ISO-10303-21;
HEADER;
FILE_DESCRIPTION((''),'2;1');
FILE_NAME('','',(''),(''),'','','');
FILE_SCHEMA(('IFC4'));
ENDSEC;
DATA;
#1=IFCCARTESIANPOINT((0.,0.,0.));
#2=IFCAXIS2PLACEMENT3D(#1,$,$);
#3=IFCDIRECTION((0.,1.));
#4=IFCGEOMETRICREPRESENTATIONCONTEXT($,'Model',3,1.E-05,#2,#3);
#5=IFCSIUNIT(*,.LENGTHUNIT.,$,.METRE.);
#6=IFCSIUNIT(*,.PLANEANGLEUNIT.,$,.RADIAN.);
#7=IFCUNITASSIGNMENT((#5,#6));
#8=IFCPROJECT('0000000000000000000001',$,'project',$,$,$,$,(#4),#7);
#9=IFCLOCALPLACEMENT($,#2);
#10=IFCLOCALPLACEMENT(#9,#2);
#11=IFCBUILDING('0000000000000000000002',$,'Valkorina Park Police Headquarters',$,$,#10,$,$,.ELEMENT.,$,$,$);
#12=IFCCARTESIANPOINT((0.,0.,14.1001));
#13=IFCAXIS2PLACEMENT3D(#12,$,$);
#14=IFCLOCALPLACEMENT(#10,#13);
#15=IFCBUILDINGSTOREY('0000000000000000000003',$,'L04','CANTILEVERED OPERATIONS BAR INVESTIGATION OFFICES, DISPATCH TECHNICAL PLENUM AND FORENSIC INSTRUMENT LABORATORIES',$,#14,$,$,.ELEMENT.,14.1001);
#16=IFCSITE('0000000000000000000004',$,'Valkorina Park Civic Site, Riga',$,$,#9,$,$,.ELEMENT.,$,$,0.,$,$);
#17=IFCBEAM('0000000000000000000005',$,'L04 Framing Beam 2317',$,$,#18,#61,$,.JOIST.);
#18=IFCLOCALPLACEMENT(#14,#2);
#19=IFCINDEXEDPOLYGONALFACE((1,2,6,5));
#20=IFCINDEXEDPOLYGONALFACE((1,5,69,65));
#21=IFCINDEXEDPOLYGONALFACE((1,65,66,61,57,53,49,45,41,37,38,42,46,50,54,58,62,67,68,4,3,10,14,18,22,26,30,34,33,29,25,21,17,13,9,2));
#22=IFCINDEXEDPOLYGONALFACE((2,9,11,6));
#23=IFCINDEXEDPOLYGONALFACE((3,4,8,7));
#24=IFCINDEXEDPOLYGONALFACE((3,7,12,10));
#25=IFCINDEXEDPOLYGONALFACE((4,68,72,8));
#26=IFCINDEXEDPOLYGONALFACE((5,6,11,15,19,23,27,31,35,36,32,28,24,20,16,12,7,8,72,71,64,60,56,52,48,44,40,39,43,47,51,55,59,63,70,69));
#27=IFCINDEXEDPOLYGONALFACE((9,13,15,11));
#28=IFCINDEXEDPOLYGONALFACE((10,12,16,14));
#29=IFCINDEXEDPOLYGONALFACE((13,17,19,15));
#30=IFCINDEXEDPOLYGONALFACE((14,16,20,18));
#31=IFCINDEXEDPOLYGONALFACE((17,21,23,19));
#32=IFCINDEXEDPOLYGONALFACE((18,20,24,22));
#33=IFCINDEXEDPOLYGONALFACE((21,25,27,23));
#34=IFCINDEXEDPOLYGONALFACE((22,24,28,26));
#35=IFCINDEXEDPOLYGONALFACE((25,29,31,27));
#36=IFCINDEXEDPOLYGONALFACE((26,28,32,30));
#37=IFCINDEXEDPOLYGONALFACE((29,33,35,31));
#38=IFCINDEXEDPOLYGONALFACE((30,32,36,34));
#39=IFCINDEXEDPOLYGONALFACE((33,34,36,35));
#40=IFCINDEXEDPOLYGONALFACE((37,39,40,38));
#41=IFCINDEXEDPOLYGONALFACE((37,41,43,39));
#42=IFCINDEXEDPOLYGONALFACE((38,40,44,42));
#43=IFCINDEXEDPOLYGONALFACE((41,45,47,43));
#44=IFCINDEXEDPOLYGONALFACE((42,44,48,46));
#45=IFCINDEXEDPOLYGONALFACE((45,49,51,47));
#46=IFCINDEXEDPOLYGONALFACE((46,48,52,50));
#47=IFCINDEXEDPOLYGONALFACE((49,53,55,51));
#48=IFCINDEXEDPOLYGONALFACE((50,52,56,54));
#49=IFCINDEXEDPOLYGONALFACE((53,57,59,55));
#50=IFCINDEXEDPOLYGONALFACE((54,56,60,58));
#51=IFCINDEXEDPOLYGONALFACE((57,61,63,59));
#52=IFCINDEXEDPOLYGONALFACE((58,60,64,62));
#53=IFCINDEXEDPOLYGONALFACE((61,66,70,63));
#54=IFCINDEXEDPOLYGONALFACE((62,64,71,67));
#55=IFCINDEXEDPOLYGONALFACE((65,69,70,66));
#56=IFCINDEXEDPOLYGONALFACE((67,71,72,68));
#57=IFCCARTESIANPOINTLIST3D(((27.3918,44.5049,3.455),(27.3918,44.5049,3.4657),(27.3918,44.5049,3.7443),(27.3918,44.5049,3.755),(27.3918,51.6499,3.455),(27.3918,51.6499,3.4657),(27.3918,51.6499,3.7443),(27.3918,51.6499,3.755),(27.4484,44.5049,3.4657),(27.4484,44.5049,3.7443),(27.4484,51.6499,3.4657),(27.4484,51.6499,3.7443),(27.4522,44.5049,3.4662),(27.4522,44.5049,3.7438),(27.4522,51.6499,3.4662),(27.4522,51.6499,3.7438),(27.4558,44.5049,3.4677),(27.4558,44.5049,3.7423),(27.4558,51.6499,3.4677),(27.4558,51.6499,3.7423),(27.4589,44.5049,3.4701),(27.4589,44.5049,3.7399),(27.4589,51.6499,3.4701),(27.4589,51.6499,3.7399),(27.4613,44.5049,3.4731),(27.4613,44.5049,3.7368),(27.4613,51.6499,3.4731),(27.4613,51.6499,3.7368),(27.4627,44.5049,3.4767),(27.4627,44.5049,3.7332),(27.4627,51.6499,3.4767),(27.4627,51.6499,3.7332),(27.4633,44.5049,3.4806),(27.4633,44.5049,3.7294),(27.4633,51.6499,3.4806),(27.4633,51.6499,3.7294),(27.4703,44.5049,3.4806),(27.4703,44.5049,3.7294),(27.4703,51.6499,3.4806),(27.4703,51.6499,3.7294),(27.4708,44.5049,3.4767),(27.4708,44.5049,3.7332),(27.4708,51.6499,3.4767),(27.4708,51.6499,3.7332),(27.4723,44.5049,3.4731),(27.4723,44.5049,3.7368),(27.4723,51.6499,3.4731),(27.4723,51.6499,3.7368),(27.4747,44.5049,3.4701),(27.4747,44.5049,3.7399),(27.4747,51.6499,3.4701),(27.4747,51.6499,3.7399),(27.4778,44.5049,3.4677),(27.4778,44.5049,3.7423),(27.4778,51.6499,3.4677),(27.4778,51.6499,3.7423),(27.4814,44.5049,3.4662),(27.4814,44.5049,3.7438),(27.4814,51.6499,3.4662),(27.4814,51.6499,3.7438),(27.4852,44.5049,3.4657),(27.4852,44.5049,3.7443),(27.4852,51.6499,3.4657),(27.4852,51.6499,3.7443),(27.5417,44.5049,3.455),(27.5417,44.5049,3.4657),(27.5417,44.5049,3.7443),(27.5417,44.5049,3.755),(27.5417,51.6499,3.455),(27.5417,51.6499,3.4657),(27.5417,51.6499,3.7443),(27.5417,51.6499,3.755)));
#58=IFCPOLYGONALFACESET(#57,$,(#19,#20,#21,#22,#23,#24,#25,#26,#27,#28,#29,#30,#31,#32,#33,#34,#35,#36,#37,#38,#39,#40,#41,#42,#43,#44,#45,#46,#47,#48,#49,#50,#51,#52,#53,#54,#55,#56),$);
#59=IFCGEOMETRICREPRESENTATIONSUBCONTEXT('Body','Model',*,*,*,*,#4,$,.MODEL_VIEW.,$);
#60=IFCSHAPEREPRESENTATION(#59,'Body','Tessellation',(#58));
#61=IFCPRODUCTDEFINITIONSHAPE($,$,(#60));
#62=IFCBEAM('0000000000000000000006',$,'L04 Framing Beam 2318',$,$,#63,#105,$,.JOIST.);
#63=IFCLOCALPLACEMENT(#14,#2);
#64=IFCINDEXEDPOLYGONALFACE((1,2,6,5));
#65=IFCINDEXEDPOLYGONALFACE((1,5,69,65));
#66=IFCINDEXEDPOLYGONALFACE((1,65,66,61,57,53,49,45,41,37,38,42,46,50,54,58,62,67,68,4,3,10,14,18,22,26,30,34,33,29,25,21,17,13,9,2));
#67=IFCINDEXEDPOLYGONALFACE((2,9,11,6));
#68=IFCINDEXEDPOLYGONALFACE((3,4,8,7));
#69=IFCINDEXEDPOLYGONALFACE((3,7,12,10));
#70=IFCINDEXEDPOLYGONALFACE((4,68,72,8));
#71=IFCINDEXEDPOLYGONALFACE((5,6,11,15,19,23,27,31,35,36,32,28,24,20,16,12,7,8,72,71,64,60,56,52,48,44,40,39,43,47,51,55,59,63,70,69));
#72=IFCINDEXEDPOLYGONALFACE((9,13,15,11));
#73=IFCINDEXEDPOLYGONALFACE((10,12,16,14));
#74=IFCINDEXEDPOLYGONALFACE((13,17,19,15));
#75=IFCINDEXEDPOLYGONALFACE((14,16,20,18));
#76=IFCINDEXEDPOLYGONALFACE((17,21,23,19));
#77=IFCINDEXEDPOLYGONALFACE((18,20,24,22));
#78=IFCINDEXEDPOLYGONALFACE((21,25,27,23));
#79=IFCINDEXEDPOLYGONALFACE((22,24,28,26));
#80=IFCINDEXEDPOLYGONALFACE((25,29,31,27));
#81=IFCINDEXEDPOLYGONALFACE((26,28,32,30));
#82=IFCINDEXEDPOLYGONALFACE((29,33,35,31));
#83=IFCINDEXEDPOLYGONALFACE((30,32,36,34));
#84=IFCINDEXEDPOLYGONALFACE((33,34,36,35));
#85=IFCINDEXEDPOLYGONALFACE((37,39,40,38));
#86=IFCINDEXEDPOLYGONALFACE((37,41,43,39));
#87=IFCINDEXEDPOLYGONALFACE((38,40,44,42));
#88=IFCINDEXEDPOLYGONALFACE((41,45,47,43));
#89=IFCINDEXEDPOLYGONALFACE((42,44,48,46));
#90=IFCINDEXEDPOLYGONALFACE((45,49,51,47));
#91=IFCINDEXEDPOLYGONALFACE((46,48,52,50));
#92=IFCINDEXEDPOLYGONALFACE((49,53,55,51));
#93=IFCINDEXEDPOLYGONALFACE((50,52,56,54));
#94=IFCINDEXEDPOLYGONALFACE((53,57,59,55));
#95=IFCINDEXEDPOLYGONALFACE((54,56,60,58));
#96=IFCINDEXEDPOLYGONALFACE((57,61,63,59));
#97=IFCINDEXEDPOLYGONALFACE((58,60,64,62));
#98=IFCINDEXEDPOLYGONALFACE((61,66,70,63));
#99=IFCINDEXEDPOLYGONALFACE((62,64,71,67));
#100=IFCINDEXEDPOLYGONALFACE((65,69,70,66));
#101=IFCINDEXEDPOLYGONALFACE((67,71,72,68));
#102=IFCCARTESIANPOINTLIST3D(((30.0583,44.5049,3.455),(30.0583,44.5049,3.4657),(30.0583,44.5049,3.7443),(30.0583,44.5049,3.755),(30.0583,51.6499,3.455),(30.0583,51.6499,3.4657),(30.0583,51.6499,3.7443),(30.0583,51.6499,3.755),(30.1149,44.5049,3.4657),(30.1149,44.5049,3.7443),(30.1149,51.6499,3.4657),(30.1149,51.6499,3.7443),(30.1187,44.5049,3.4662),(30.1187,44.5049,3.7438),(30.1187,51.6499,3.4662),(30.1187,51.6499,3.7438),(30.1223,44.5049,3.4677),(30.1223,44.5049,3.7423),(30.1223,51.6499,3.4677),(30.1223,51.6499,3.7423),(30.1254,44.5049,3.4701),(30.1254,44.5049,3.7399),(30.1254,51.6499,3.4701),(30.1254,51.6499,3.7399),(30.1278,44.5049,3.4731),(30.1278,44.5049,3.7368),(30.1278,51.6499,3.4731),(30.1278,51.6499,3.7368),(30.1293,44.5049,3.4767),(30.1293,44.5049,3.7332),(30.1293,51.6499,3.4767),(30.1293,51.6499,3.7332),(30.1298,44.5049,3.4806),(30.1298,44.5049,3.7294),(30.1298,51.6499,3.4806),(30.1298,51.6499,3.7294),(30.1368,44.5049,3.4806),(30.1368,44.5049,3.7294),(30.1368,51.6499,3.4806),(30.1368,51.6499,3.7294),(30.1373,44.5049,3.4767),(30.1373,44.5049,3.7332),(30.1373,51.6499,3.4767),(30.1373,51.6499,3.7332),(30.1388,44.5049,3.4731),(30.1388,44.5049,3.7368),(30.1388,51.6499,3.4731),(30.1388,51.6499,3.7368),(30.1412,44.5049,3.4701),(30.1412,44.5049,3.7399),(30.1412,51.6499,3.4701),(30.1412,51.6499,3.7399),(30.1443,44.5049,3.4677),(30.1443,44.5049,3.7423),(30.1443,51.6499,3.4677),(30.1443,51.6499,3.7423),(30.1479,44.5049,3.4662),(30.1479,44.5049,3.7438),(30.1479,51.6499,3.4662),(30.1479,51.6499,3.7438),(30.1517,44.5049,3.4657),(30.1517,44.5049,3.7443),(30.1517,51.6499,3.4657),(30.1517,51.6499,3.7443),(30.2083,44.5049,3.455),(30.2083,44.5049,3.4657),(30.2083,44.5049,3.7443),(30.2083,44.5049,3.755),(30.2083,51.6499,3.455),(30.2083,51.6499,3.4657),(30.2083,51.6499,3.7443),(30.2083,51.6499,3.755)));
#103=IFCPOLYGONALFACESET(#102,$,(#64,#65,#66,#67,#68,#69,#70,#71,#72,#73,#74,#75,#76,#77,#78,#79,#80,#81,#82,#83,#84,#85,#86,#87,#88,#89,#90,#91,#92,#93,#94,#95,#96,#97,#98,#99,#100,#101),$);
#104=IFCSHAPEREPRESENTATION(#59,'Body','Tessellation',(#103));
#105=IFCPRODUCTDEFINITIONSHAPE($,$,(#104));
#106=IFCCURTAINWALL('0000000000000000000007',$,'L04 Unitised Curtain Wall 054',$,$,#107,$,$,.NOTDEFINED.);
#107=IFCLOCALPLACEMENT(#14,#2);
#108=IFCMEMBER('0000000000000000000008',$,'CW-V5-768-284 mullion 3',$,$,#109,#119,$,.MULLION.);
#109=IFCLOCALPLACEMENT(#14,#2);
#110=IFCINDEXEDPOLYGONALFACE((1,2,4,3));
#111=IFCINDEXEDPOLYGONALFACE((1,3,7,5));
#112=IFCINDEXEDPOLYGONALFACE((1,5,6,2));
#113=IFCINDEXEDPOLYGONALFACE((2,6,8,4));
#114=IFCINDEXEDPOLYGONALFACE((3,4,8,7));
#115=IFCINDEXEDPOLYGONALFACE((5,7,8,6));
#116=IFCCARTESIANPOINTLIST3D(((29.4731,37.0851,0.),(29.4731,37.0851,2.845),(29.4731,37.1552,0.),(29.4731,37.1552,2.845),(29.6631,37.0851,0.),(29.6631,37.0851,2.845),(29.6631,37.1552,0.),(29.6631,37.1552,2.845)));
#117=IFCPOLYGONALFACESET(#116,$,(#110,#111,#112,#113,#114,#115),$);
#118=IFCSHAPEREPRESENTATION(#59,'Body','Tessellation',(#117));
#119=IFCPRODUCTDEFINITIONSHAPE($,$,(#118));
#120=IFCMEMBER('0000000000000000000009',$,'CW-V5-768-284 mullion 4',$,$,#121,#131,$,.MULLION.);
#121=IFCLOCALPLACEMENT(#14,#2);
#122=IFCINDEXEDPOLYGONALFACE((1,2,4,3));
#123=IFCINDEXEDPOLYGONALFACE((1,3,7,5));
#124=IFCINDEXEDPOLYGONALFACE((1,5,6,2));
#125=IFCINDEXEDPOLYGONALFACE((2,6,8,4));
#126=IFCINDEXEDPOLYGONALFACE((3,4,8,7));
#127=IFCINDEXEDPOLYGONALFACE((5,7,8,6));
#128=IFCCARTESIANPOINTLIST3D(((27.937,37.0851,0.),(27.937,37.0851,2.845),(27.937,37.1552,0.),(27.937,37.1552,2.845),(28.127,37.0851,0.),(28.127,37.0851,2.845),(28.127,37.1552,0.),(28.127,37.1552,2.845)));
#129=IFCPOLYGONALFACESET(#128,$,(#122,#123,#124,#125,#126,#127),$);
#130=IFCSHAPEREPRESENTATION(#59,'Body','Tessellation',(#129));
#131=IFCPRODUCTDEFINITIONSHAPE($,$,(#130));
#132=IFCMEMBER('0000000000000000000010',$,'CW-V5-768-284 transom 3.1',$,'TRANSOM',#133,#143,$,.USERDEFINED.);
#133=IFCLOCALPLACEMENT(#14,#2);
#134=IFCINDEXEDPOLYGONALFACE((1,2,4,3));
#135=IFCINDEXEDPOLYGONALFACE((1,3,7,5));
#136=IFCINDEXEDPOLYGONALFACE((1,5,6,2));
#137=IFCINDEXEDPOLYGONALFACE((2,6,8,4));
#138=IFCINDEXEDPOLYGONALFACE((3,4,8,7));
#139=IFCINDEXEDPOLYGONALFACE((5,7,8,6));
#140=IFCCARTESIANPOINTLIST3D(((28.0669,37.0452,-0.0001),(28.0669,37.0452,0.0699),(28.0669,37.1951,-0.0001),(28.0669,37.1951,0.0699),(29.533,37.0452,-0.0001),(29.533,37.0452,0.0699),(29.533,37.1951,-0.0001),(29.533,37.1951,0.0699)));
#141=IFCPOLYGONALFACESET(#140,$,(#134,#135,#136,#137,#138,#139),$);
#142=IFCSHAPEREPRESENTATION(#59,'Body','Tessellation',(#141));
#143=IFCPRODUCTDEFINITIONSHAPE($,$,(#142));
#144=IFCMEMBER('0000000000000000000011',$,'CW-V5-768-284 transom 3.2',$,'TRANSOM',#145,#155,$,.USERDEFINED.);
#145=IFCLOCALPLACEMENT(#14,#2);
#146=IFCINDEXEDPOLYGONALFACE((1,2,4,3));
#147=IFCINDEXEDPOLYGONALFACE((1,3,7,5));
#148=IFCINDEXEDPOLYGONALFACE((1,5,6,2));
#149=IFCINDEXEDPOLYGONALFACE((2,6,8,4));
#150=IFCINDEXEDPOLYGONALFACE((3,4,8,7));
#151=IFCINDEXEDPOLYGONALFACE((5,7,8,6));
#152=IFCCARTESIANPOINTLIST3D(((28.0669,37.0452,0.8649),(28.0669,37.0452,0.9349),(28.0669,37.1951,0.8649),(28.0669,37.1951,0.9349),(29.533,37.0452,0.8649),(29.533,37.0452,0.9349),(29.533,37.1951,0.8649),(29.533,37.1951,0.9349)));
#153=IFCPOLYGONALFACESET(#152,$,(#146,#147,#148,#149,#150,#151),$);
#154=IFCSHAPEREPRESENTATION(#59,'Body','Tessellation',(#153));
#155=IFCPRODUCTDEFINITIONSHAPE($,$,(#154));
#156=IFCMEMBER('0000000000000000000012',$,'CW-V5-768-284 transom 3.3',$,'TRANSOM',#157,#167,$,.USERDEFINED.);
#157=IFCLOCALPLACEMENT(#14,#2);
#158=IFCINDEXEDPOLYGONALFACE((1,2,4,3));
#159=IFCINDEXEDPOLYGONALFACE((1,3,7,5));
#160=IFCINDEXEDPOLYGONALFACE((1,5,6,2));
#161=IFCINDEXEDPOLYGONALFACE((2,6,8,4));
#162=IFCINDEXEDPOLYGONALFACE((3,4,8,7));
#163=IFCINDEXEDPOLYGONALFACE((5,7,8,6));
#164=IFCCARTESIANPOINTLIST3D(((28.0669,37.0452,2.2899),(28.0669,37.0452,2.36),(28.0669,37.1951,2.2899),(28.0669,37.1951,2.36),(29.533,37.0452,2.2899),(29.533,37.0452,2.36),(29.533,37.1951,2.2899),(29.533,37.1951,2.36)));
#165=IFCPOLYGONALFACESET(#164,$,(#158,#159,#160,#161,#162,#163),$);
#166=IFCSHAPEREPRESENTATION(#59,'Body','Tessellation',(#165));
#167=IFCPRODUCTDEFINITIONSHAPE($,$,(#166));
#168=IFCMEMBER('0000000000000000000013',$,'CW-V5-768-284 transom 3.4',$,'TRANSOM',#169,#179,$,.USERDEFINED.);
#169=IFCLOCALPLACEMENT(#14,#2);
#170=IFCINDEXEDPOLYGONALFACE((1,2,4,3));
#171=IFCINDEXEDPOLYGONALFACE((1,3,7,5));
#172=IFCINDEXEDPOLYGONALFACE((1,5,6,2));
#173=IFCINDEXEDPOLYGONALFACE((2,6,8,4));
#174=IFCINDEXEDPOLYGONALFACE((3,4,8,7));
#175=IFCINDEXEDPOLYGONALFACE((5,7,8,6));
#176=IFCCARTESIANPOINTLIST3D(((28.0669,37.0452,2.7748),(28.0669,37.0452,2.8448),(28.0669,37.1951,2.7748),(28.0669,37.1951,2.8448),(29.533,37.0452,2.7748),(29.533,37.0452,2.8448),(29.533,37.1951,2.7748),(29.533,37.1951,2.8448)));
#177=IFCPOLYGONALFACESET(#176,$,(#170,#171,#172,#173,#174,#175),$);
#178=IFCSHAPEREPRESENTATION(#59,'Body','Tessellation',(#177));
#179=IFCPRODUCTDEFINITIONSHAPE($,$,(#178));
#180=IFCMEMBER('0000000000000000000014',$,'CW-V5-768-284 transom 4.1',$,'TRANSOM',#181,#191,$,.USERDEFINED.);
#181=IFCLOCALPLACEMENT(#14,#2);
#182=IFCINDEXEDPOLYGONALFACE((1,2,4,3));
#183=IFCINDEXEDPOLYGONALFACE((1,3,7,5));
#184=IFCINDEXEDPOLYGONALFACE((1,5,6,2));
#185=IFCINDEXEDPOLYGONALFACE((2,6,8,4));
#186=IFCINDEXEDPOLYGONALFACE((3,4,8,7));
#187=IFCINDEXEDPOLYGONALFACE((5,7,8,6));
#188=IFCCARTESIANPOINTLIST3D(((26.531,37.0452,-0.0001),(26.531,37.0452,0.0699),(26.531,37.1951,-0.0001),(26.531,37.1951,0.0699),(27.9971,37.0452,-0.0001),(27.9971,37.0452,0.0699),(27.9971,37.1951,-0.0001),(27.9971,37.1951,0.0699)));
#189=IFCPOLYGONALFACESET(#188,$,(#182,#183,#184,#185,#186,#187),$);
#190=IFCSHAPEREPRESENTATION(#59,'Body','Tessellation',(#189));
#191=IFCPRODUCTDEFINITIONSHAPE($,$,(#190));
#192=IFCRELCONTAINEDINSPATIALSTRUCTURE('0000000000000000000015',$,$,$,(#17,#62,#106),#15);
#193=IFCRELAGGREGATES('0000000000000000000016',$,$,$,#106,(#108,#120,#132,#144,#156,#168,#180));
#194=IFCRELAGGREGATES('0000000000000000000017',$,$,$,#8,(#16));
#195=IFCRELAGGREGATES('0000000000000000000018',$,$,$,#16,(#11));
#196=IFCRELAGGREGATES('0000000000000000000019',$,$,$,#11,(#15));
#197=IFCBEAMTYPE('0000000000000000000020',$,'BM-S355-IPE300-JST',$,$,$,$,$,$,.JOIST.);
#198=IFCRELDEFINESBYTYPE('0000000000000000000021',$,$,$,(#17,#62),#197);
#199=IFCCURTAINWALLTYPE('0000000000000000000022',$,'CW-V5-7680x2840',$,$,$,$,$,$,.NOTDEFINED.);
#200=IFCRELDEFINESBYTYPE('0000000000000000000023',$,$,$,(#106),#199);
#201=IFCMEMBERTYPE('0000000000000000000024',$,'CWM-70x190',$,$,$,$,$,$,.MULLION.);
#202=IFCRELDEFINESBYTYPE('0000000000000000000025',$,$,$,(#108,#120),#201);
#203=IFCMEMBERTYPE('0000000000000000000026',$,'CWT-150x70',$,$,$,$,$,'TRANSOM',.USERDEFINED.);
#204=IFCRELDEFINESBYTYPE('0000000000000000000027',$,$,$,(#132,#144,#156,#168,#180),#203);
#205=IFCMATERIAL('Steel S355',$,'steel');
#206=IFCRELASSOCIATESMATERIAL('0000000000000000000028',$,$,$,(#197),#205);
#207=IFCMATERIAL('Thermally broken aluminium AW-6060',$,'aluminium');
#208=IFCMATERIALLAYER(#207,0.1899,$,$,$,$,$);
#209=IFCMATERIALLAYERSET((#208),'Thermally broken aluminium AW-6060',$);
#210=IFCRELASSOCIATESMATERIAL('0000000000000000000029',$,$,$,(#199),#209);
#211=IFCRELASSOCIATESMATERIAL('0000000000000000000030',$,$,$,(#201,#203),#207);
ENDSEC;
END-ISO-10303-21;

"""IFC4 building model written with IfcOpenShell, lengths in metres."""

from ifc_helpers import new_model, si_unit, direction, frame, origin, origin_2d, place, context, subcontext, project, spatial, rectangle, i_section, extrude, material, layer, layer_set, material_profile, profile_set, type_object, element, aggregate, save


model = new_model("IFC4")

# Units and contexts
model_context = context("Model", 3, precision=1e-05, world=origin(), true_north=direction((0.0, 1.0)))
body_context = subcontext(model_context, "Body", "Model", "MODEL_VIEW")
ifc_project = project(units=[si_unit("LENGTHUNIT", "METRE"), si_unit("PLANEANGLEUNIT", "RADIAN")], contexts=[model_context])

# Site, building, storey
site_placement = place(None, origin())
site = spatial("IfcSite", under=ifc_project, at=site_placement, Name="Valkorina Park Civic Site, Riga", CompositionType="ELEMENT", RefElevation=0.0)
building_placement = place(site_placement, origin())
building = spatial("IfcBuilding", under=site, at=building_placement, Name="Valkorina Park Police Headquarters", CompositionType="ELEMENT")
storey_placement = place(building_placement, frame((0.0, 0.0, 14.1001)))
storey = spatial("IfcBuildingStorey", under=building, at=storey_placement, Name="L04", Description="CANTILEVERED OPERATIONS BAR INVESTIGATION OFFICES, DISPATCH TECHNICAL PLENUM AND FORENSIC INSTRUMENT LABORATORIES", CompositionType="ELEMENT", Elevation=14.1001)

# Beams
ifc_material_1 = material(Name="Steel S355", Category="steel")
ifc_material_profile_1 = material_profile(ifc_material_1, i_section(OverallWidth=0.1499, OverallDepth=0.3, WebThickness=0.0071, FlangeThickness=0.0107, FilletRadius=0.0149, at=origin_2d()), Name="IPE 300")
ifc_profile_set_1 = profile_set([ifc_material_profile_1], Name="Steel S355")
beam_type = type_object("IfcBeamType", Name="BM-S355-IPE300-JST", PredefinedType="JOIST", material=ifc_profile_set_1)
for number, where, z_axis, x_axis, name in (
    (1, (27.4668, 44.5049, 3.605), (0.0, 1.0, 0.0), (-1.0, 0.0, 0.0), "L04 Framing Beam 2317"),
    (2, (30.1333, 44.5049, 3.605), (0.0, 1.0, 0.0), (-1.0, 0.0, 0.0), "L04 Framing Beam 2318"),
):
    element("IfcBeam", number, at=place(storey_placement, frame(where, z_axis=z_axis, x_axis=x_axis)), inside=storey, type_object=beam_type, Name=name, PredefinedType="JOIST", context=body_context, shape_type="SweptSolid", body=[
        extrude(i_section(OverallWidth=0.1499, OverallDepth=0.3, WebThickness=0.0071, FlangeThickness=0.0107, FilletRadius=0.0149, at=origin_2d()), origin(), (0.0, 0.0, 1.0), 7.145),
    ])

# Curtain wall, members
ifc_material_2 = material(Name="Thermally broken aluminium AW-6060", Category="aluminium")
ifc_layer_1 = layer(ifc_material_2, 0.1899)
ifc_layer_set_1 = layer_set([ifc_layer_1], Name="Thermally broken aluminium AW-6060")
curtain_wall_type = type_object("IfcCurtainWallType", Name="CW-V5-7680x2840", PredefinedType="NOTDEFINED", material=ifc_layer_set_1)
curtain_wall_placement = place(storey_placement, origin())
curtain_wall = element("IfcCurtainWall", 3, at=curtain_wall_placement, inside=storey, type_object=curtain_wall_type, Name="L04 Unitised Curtain Wall 054", PredefinedType="NOTDEFINED")
ifc_material_profile_2 = material_profile(ifc_material_2, rectangle(XDim=0.0701, YDim=0.1899, at=origin_2d()), Name="CWM-02 70x190")
ifc_profile_set_2 = profile_set([ifc_material_profile_2], Name="Thermally broken aluminium AW-6060")
member_type_1 = type_object("IfcMemberType", Name="CWM-70x190", PredefinedType="MULLION", material=ifc_profile_set_2)
member_1_placement = place(storey_placement, frame((29.5681, 37.1201, 0.0), z_axis=(0.0, 0.0, 1.0), x_axis=(0.0, -1.0, 0.0)))
member_1 = element("IfcMember", 4, at=member_1_placement, type_object=member_type_1, Name="CW-V5-768-284 mullion 3", PredefinedType="MULLION", context=body_context, shape_type="SweptSolid", body=[
    extrude(rectangle(XDim=0.0701, YDim=0.1899, at=origin_2d()), origin(), (0.0, 0.0, 1.0), 2.845),
])
member_2_placement = place(storey_placement, frame((28.032, 37.1201, 0.0), z_axis=(0.0, 0.0, 1.0), x_axis=(0.0, -1.0, 0.0)))
member_2 = element("IfcMember", 5, at=member_2_placement, type_object=member_type_1, Name="CW-V5-768-284 mullion 4", PredefinedType="MULLION", context=body_context, shape_type="SweptSolid", body=[
    extrude(rectangle(XDim=0.0701, YDim=0.1899, at=origin_2d()), origin(), (0.0, 0.0, 1.0), 2.845),
])
ifc_material_profile_3 = material_profile(ifc_material_2, rectangle(XDim=0.1499, YDim=0.0701, at=origin_2d()), Name="CWT-02 150x70")
ifc_profile_set_3 = profile_set([ifc_material_profile_3], Name="Thermally broken aluminium AW-6060")
member_type_2 = type_object("IfcMemberType", Name="CWT-150x70", ElementType="TRANSOM", PredefinedType="USERDEFINED", material=ifc_profile_set_3)
member_3_placement = place(storey_placement, frame((29.533, 37.1201, 0.0349), z_axis=(-1.0, 0.0, 0.0), x_axis=(0.0, -1.0, 0.0)))
member_3 = element("IfcMember", 6, at=member_3_placement, type_object=member_type_2, Name="CW-V5-768-284 transom 3.1", ObjectType="TRANSOM", PredefinedType="USERDEFINED", context=body_context, shape_type="SweptSolid", body=[
    extrude(rectangle(XDim=0.1499, YDim=0.0701, at=origin_2d()), origin(), (0.0, 0.0, 1.0), 1.4661),
])
member_4_placement = place(storey_placement, frame((29.533, 37.1201, 0.8999), z_axis=(-1.0, 0.0, 0.0), x_axis=(0.0, -1.0, 0.0)))
member_4 = element("IfcMember", 7, at=member_4_placement, type_object=member_type_2, Name="CW-V5-768-284 transom 3.2", ObjectType="TRANSOM", PredefinedType="USERDEFINED", context=body_context, shape_type="SweptSolid", body=[
    extrude(rectangle(XDim=0.1499, YDim=0.0701, at=origin_2d()), origin(), (0.0, 0.0, 1.0), 1.4661),
])
member_5_placement = place(storey_placement, frame((29.533, 37.1201, 2.325), z_axis=(-1.0, 0.0, 0.0), x_axis=(0.0, -1.0, 0.0)))
member_5 = element("IfcMember", 8, at=member_5_placement, type_object=member_type_2, Name="CW-V5-768-284 transom 3.3", ObjectType="TRANSOM", PredefinedType="USERDEFINED", context=body_context, shape_type="SweptSolid", body=[
    extrude(rectangle(XDim=0.1499, YDim=0.0701, at=origin_2d()), origin(), (0.0, 0.0, 1.0), 1.4661),
])
member_6_placement = place(storey_placement, frame((29.533, 37.1201, 2.8098), z_axis=(-1.0, 0.0, 0.0), x_axis=(0.0, -1.0, 0.0)))
member_6 = element("IfcMember", 9, at=member_6_placement, type_object=member_type_2, Name="CW-V5-768-284 transom 3.4", ObjectType="TRANSOM", PredefinedType="USERDEFINED", context=body_context, shape_type="SweptSolid", body=[
    extrude(rectangle(XDim=0.1499, YDim=0.0701, at=origin_2d()), origin(), (0.0, 0.0, 1.0), 1.4661),
])
member_7_placement = place(storey_placement, frame((27.9971, 37.1201, 0.0349), z_axis=(-1.0, 0.0, 0.0), x_axis=(0.0, -1.0, 0.0)))
member_7 = element("IfcMember", 10, at=member_7_placement, type_object=member_type_2, Name="CW-V5-768-284 transom 4.1", ObjectType="TRANSOM", PredefinedType="USERDEFINED", context=body_context, shape_type="SweptSolid", body=[
    extrude(rectangle(XDim=0.1499, YDim=0.0701, at=origin_2d()), origin(), (0.0, 0.0, 1.0), 1.4661),
])
aggregate(curtain_wall, [member_1, member_2, member_3, member_4, member_5, member_6, member_7])

save(model, "model.ifc")
